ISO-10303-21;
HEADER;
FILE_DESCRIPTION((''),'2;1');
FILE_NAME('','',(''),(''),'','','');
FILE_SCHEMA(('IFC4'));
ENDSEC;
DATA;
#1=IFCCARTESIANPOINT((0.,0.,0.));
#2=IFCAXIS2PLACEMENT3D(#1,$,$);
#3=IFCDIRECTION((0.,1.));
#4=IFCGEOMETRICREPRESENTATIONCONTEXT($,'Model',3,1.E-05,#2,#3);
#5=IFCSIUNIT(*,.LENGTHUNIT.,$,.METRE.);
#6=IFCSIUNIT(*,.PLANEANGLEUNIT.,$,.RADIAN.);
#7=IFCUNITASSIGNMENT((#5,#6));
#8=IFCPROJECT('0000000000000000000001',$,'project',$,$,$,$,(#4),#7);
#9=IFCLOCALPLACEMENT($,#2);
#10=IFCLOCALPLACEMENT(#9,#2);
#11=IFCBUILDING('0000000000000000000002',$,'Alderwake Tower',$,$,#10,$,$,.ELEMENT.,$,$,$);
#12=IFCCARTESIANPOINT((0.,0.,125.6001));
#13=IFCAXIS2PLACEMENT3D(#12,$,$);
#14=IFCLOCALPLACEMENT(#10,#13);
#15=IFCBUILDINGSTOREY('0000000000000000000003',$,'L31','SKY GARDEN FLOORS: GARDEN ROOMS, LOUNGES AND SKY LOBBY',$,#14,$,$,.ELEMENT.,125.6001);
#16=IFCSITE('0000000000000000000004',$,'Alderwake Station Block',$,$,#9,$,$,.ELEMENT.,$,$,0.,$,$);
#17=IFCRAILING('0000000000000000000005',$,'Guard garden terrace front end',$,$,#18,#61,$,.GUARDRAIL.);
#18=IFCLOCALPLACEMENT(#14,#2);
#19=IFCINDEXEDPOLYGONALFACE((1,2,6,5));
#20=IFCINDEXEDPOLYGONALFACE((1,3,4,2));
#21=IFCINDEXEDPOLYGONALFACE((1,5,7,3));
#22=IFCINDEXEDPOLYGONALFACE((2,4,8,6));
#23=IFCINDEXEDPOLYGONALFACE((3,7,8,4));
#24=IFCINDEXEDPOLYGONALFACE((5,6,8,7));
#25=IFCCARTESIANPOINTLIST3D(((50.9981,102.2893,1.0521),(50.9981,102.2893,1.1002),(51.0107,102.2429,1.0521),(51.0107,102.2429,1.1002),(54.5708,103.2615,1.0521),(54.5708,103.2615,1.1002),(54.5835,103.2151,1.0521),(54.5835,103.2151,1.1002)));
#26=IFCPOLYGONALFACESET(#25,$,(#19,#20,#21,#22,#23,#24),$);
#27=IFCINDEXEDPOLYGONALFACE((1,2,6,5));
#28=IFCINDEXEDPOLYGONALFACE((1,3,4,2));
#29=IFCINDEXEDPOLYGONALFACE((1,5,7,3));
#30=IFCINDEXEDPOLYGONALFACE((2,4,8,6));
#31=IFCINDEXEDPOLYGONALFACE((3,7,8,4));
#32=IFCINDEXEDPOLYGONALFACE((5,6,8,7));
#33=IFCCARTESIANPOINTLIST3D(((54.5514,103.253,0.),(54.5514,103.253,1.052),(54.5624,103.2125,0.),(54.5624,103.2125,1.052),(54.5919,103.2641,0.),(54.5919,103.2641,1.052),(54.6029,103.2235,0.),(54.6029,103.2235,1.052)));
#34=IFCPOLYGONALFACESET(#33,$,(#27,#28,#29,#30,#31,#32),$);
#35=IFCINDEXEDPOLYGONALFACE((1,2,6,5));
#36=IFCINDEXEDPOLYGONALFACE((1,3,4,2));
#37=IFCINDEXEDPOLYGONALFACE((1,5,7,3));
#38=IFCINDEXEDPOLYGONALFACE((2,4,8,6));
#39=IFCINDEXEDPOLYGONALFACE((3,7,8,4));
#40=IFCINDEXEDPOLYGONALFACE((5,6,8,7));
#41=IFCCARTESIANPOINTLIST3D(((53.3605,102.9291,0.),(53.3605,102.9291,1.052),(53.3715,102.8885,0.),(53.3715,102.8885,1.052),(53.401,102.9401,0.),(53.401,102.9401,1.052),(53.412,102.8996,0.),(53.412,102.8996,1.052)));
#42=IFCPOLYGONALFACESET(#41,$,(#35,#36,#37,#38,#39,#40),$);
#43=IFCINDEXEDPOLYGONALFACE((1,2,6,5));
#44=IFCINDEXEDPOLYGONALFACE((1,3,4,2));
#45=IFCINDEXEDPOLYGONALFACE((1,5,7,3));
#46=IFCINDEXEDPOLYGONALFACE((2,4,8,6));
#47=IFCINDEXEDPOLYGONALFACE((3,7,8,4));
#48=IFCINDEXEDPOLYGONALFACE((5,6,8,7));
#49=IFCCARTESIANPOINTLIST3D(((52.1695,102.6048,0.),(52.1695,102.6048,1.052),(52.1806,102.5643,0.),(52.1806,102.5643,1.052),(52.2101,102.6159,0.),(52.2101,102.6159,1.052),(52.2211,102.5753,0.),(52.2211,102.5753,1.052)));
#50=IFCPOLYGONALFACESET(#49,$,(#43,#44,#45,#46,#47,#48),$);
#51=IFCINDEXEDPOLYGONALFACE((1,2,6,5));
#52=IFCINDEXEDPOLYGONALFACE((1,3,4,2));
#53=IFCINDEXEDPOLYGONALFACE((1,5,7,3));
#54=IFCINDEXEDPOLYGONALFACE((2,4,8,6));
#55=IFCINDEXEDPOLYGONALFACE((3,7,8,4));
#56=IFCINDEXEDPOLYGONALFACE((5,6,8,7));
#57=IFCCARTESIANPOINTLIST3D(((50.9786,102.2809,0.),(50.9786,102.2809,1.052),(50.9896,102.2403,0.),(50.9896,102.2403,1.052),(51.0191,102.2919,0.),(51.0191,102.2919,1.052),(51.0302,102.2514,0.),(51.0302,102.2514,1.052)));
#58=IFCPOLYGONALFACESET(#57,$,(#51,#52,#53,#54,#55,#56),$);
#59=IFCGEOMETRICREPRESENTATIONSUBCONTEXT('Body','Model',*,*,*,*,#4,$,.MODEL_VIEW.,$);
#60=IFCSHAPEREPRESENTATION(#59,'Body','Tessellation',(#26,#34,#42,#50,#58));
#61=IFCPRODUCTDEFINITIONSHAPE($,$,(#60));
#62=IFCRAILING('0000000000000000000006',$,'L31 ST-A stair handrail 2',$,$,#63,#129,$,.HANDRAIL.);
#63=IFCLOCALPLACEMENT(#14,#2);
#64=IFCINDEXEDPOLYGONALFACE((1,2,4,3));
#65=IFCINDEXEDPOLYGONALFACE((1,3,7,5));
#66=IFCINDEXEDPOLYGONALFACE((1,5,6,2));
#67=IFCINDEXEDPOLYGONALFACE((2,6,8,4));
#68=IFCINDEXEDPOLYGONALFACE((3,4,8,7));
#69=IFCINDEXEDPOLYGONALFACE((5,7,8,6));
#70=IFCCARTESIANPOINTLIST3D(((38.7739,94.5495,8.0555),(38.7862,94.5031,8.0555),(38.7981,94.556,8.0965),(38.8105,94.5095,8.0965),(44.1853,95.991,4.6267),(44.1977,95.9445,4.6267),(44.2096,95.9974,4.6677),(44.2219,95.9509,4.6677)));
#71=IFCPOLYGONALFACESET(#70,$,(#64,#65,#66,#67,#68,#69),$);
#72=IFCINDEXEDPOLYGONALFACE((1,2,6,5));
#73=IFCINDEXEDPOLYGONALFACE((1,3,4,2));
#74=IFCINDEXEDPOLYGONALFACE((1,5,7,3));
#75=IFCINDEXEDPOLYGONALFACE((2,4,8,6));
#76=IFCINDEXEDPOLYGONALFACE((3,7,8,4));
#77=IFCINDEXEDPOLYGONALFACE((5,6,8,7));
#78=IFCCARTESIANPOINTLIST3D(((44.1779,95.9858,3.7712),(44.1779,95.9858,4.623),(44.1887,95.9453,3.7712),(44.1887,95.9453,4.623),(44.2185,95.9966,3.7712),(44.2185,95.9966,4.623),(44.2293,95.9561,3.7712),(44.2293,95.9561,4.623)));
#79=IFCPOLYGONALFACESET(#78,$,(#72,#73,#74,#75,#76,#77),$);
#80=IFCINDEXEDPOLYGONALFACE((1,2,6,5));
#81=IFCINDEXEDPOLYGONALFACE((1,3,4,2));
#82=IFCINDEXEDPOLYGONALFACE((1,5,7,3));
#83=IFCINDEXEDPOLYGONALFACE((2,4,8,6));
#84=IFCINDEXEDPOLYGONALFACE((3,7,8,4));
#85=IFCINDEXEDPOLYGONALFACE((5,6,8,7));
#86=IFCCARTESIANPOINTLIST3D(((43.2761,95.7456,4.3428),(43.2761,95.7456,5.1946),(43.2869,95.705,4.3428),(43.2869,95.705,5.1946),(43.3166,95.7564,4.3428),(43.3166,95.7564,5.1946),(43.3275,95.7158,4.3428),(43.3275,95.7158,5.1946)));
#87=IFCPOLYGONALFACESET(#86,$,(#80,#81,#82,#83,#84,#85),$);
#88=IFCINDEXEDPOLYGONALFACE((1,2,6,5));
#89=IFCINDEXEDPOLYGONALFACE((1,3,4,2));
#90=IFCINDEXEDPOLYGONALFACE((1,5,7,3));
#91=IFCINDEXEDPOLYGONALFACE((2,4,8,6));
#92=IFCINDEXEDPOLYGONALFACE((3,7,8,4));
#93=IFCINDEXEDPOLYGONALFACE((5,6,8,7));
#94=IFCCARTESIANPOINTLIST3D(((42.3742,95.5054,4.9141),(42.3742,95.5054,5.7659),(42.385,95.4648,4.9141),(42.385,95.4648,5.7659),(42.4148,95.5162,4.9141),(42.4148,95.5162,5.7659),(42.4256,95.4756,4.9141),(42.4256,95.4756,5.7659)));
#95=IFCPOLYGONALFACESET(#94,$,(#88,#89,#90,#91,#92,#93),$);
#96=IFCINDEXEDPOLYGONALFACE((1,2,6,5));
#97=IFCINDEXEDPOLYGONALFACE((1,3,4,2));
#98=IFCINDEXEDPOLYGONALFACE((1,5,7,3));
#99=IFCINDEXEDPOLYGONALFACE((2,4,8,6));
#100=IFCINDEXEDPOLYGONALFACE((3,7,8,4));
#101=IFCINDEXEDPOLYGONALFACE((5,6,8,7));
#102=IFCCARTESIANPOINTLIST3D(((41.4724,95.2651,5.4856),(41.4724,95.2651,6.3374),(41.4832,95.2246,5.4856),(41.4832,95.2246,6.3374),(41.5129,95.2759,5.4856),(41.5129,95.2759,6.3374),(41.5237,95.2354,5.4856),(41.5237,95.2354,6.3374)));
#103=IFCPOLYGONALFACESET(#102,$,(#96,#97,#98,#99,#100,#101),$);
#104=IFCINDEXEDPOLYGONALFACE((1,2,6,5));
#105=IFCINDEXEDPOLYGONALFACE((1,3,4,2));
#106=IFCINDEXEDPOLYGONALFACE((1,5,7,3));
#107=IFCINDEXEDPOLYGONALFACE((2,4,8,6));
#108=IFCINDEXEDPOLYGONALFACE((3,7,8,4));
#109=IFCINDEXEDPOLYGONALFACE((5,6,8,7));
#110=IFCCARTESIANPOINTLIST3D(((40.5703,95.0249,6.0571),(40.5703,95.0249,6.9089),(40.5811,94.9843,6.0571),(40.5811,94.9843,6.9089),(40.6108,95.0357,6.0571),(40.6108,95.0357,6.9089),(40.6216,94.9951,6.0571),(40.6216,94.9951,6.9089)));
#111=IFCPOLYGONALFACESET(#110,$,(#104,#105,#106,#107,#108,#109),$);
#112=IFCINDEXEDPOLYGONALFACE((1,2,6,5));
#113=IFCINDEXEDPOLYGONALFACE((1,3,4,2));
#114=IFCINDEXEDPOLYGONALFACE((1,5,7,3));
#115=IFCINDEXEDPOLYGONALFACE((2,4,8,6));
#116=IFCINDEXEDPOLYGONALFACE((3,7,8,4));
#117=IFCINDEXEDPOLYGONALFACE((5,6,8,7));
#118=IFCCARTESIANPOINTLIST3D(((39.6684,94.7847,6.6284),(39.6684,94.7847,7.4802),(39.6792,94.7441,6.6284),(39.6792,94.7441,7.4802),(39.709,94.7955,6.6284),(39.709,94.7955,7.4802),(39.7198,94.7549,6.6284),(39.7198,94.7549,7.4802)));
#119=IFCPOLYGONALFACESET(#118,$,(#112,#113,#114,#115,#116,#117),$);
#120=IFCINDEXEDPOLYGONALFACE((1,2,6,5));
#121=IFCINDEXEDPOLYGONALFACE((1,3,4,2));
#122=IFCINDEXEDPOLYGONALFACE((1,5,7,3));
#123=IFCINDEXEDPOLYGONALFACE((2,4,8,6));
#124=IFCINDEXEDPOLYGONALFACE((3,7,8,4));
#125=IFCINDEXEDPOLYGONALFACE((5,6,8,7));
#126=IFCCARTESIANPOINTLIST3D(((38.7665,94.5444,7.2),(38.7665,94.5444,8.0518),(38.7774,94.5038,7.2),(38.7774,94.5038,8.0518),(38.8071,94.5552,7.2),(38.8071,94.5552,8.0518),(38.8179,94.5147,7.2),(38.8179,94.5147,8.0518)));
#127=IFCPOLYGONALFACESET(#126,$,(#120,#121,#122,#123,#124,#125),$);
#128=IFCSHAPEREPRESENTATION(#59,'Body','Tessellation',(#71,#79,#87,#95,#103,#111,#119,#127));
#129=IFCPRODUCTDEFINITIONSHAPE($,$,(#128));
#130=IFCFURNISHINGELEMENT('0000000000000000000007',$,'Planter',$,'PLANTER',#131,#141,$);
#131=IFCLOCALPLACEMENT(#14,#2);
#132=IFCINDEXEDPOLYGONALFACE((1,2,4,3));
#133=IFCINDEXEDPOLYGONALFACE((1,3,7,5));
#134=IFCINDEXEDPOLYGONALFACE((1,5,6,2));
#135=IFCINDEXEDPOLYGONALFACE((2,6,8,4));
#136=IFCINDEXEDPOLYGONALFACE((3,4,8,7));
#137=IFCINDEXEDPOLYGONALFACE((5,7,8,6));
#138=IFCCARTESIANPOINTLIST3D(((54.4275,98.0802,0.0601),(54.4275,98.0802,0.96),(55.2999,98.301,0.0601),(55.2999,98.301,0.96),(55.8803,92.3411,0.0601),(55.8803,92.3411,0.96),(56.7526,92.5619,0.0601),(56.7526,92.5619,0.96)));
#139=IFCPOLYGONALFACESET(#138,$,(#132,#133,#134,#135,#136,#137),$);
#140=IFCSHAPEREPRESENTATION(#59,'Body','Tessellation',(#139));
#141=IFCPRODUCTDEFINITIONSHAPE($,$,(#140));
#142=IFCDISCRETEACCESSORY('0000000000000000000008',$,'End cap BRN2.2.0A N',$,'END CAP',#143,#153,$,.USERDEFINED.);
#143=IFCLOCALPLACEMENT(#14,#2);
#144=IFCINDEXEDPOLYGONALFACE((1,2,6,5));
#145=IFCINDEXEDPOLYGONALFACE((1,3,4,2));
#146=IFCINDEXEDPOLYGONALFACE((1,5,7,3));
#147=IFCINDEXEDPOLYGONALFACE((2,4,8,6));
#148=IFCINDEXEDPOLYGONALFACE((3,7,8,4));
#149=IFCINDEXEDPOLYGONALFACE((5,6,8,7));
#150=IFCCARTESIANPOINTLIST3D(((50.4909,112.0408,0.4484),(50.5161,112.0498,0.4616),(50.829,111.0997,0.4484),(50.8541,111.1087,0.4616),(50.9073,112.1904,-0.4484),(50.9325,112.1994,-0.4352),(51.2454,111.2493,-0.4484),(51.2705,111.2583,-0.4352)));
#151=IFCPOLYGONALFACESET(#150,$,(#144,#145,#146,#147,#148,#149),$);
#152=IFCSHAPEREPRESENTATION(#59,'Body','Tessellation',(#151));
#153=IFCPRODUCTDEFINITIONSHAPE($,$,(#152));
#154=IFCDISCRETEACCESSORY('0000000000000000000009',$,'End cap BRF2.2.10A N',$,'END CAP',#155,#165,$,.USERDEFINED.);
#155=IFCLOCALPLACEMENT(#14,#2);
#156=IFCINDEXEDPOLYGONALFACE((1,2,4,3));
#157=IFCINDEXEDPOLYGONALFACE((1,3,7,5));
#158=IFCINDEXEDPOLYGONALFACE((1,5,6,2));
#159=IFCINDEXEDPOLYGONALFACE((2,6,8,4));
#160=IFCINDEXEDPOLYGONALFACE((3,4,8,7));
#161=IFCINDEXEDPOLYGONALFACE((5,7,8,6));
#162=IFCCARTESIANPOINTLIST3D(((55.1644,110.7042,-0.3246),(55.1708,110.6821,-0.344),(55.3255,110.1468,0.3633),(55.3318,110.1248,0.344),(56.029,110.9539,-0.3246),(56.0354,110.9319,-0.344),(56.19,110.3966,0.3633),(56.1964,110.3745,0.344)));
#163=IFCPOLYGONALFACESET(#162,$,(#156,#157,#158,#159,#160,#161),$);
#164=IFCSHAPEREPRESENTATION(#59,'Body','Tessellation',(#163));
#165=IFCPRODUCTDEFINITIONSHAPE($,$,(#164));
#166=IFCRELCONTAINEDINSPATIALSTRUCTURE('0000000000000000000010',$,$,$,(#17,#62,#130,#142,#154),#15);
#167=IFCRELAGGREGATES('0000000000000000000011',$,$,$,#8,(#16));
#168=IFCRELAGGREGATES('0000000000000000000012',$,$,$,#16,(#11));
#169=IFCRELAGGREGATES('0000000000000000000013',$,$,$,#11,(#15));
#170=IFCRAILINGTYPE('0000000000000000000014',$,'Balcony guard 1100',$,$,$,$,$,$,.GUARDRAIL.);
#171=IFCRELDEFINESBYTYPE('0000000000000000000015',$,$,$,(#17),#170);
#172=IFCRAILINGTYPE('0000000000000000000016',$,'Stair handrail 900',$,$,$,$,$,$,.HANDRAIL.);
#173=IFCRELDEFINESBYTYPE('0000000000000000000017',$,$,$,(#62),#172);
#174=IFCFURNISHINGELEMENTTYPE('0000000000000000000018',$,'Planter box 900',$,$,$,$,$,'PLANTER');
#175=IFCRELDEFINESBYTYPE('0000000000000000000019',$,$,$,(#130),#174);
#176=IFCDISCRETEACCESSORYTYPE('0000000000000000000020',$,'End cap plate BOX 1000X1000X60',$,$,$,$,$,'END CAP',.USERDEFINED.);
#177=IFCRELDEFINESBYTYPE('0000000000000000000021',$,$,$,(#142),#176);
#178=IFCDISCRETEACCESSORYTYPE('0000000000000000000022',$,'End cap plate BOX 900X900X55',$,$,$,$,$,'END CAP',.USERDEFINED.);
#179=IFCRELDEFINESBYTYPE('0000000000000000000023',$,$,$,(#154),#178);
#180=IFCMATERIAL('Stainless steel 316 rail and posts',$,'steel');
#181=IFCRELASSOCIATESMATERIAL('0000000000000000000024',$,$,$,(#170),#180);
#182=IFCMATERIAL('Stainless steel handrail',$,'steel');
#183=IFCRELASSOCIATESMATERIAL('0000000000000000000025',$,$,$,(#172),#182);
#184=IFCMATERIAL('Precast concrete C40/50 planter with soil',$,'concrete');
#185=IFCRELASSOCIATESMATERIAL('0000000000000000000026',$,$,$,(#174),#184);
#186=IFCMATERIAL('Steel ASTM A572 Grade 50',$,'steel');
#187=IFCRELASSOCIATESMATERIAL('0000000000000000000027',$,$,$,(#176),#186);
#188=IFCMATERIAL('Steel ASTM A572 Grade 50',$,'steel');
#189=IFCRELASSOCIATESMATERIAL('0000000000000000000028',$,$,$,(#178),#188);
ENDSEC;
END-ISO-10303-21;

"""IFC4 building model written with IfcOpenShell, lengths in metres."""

from ifc_helpers import new_model, si_unit, direction, frame, origin, origin_2d, place, context, subcontext, project, spatial, rectangle, extrude, material, material_profile, profile_set, type_object, element, save


model = new_model("IFC4")

# Units and contexts
model_context = context("Model", 3, precision=1e-05, world=origin(), true_north=direction((0.0, 1.0)))
body_context = subcontext(model_context, "Body", "Model", "MODEL_VIEW")
ifc_project = project(units=[si_unit("LENGTHUNIT", "METRE"), si_unit("PLANEANGLEUNIT", "RADIAN")], contexts=[model_context])

# Site, building, storey
site_placement = place(None, origin())
site = spatial("IfcSite", under=ifc_project, at=site_placement, Name="Alderwake Station Block", CompositionType="ELEMENT", RefElevation=0.0)
building_placement = place(site_placement, origin())
building = spatial("IfcBuilding", under=site, at=building_placement, Name="Alderwake Tower", CompositionType="ELEMENT")
storey_placement = place(building_placement, frame((0.0, 0.0, 125.6001)))
storey = spatial("IfcBuildingStorey", under=building, at=storey_placement, Name="L31", Description="SKY GARDEN FLOORS: GARDEN ROOMS, LOUNGES AND SKY LOBBY", CompositionType="ELEMENT", Elevation=125.6001)

# Railings
ifc_material_1 = material(Name="Stainless steel 316 rail and posts", Category="steel")
railing_type_1 = type_object("IfcRailingType", Name="Balcony guard 1100", PredefinedType="GUARDRAIL", material=ifc_material_1)
railing_1_placement = place(storey_placement, frame((54.5771, 103.2383, 0.0)))
element("IfcRailing", 1, at=railing_1_placement, inside=storey, type_object=railing_type_1, Name="Guard garden terrace front end", PredefinedType="GUARDRAIL", context=body_context, shape_type="SweptSolid", body=[
    extrude(rectangle(XDim=0.0481, YDim=0.0481, at=origin_2d()), frame((0.0, 0.0, 1.0762), z_axis=(-0.964916, -0.262559, 0.0), x_axis=(0.262559, -0.964916, 0.0)), (0.0, 0.0, 1.0), 3.7026),
    extrude(rectangle(XDim=0.042, YDim=0.042, at=origin_2d()), frame((0.0, 0.0, 0.0), z_axis=(0.0, 0.0, 1.0), x_axis=(-0.964916, -0.262559, 0.0)), (0.0, 0.0, 1.0), 1.052),
    extrude(rectangle(XDim=0.042, YDim=0.042, at=origin_2d()), frame((-1.1909, -0.324, 0.0), z_axis=(0.0, 0.0, 1.0), x_axis=(-0.964916, -0.262559, 0.0)), (0.0, 0.0, 1.0), 1.052),
    extrude(rectangle(XDim=0.042, YDim=0.042, at=origin_2d()), frame((-2.3818, -0.6482, 0.0), z_axis=(0.0, 0.0, 1.0), x_axis=(-0.964916, -0.262559, 0.0)), (0.0, 0.0, 1.0), 1.052),
    extrude(rectangle(XDim=0.042, YDim=0.042, at=origin_2d()), frame((-3.5728, -0.9722, 0.0), z_axis=(0.0, 0.0, 1.0), x_axis=(-0.964916, -0.262559, 0.0)), (0.0, 0.0, 1.0), 1.052),
])
ifc_material_2 = material(Name="Stainless steel handrail", Category="steel")
railing_type_2 = type_object("IfcRailingType", Name="Stair handrail 900", PredefinedType="HANDRAIL", material=ifc_material_2)
railing_2_placement = place(storey_placement, frame((44.2036, 95.9709, 3.7712)))
element("IfcRailing", 2, at=railing_2_placement, inside=storey, type_object=railing_type_2, Name="L31 ST-A stair handrail 2", PredefinedType="HANDRAIL", context=body_context, shape_type="SweptSolid", body=[
    extrude(rectangle(XDim=0.0481, YDim=0.0481, at=origin_2d()), frame((0.0, 0.0, 0.876), z_axis=(-0.82411, -0.219515, 0.522165), x_axis=(0.257391, -0.966307, 0.0)), (0.0, 0.0, 1.0), 6.5664),
    extrude(rectangle(XDim=0.042, YDim=0.042, at=origin_2d()), frame((0.0, 0.0, 0.0), z_axis=(0.0, 0.0, 1.0), x_axis=(-0.966307, -0.257391, 0.0)), (0.0, 0.0, 1.0), 0.8518),
    extrude(rectangle(XDim=0.042, YDim=0.042, at=origin_2d()), frame((-0.9019, -0.2402, 0.5715), z_axis=(0.0, 0.0, 1.0), x_axis=(-0.966307, -0.257391, 0.0)), (0.0, 0.0, 1.0), 0.8518),
    extrude(rectangle(XDim=0.042, YDim=0.042, at=origin_2d()), frame((-1.8037, -0.4805, 1.1428), z_axis=(0.0, 0.0, 1.0), x_axis=(-0.966307, -0.257391, 0.0)), (0.0, 0.0, 1.0), 0.8518),
    extrude(rectangle(XDim=0.042, YDim=0.042, at=origin_2d()), frame((-2.7056, -0.7207, 1.7144), z_axis=(0.0, 0.0, 1.0), x_axis=(-0.966307, -0.257391, 0.0)), (0.0, 0.0, 1.0), 0.8518),
    extrude(rectangle(XDim=0.042, YDim=0.042, at=origin_2d()), frame((-3.6077, -0.9609, 2.2859), z_axis=(0.0, 0.0, 1.0), x_axis=(-0.966307, -0.257391, 0.0)), (0.0, 0.0, 1.0), 0.8518),
    extrude(rectangle(XDim=0.042, YDim=0.042, at=origin_2d()), frame((-4.5095, -1.2012, 2.8572), z_axis=(0.0, 0.0, 1.0), x_axis=(-0.966307, -0.257391, 0.0)), (0.0, 0.0, 1.0), 0.8518),
    extrude(rectangle(XDim=0.042, YDim=0.042, at=origin_2d()), frame((-5.4114, -1.4414, 3.4287), z_axis=(0.0, 0.0, 1.0), x_axis=(-0.966307, -0.257391, 0.0)), (0.0, 0.0, 1.0), 0.8518),
])

# Furnishing element
ifc_material_3 = material(Name="Precast concrete C40/50 planter with soil", Category="concrete")
furnishing_element_type = type_object("IfcFurnishingElementType", Name="Planter box 900", ElementType="PLANTER", material=ifc_material_3)
furnishing_placement = place(storey_placement, frame((55.5901, 95.321, 0.0601), z_axis=(0.0, 0.0, 1.0), x_axis=(0.969426, 0.245385, 0.0)))
element("IfcFurnishingElement", 3, at=furnishing_placement, inside=storey, type_object=furnishing_element_type, Name="Planter", ObjectType="PLANTER", context=body_context, shape_type="SweptSolid", body=[
    extrude(rectangle(XDim=0.8999, YDim=5.9202, at=origin_2d()), origin(), (0.0, 0.0, 1.0), 0.8999),
])

# Discrete accessories
ifc_material_4 = material(Name="Steel ASTM A572 Grade 50", Category="steel")
ifc_material_profile_1 = material_profile(ifc_material_4, rectangle(XDim=1.0, YDim=1.0, at=origin_2d()), Name="BOX 1000X1000X60 cap")
ifc_profile_set_1 = profile_set([ifc_material_profile_1], Name="Steel ASTM A572 Grade 50")
discrete_accessory_type_1 = type_object("IfcDiscreteAccessoryType", Name="End cap plate BOX 1000X1000X60", ElementType="END CAP", PredefinedType="USERDEFINED", material=ifc_profile_set_1)
discrete_accessory_1_placement = place(storey_placement, frame((50.8682, 111.645, 0.0), z_axis=(0.843979, 0.303177, 0.442474), x_axis=(-0.338072, 0.94112, 0.0)))
element("IfcDiscreteAccessory", 4, at=discrete_accessory_1_placement, inside=storey, type_object=discrete_accessory_type_1, Name="End cap BRN2.2.0A N", ObjectType="END CAP", PredefinedType="USERDEFINED", context=body_context, shape_type="SweptSolid", body=[
    extrude(rectangle(XDim=1.0, YDim=1.0, at=origin_2d()), origin(), (0.0, 0.0, 1.0), 0.0298),
])
ifc_material_5 = material(Name="Steel ASTM A572 Grade 50", Category="steel")
ifc_material_profile_2 = material_profile(ifc_material_5, rectangle(XDim=0.8999, YDim=0.8999, at=origin_2d()), Name="BOX 900X900X55 cap")
ifc_profile_set_2 = profile_set([ifc_material_profile_2], Name="Steel ASTM A572 Grade 50")
discrete_accessory_type_2 = type_object("IfcDiscreteAccessoryType", Name="End cap plate BOX 900X900X55", ElementType="END CAP", PredefinedType="USERDEFINED", material=ifc_profile_set_2)
discrete_accessory_2_placement = place(storey_placement, frame((55.6836, 110.5283, 0.0), z_axis=(-0.212169, 0.734431, 0.644667), x_axis=(-0.960714, -0.27754, 0.0)))
element("IfcDiscreteAccessory", 5, at=discrete_accessory_2_placement, inside=storey, type_object=discrete_accessory_type_2, Name="End cap BRF2.2.10A N", ObjectType="END CAP", PredefinedType="USERDEFINED", context=body_context, shape_type="SweptSolid", body=[
    extrude(rectangle(XDim=0.8999, YDim=0.8999, at=origin_2d()), origin(), (0.0, 0.0, 1.0), 0.03),
])

save(model, "model.ifc")
